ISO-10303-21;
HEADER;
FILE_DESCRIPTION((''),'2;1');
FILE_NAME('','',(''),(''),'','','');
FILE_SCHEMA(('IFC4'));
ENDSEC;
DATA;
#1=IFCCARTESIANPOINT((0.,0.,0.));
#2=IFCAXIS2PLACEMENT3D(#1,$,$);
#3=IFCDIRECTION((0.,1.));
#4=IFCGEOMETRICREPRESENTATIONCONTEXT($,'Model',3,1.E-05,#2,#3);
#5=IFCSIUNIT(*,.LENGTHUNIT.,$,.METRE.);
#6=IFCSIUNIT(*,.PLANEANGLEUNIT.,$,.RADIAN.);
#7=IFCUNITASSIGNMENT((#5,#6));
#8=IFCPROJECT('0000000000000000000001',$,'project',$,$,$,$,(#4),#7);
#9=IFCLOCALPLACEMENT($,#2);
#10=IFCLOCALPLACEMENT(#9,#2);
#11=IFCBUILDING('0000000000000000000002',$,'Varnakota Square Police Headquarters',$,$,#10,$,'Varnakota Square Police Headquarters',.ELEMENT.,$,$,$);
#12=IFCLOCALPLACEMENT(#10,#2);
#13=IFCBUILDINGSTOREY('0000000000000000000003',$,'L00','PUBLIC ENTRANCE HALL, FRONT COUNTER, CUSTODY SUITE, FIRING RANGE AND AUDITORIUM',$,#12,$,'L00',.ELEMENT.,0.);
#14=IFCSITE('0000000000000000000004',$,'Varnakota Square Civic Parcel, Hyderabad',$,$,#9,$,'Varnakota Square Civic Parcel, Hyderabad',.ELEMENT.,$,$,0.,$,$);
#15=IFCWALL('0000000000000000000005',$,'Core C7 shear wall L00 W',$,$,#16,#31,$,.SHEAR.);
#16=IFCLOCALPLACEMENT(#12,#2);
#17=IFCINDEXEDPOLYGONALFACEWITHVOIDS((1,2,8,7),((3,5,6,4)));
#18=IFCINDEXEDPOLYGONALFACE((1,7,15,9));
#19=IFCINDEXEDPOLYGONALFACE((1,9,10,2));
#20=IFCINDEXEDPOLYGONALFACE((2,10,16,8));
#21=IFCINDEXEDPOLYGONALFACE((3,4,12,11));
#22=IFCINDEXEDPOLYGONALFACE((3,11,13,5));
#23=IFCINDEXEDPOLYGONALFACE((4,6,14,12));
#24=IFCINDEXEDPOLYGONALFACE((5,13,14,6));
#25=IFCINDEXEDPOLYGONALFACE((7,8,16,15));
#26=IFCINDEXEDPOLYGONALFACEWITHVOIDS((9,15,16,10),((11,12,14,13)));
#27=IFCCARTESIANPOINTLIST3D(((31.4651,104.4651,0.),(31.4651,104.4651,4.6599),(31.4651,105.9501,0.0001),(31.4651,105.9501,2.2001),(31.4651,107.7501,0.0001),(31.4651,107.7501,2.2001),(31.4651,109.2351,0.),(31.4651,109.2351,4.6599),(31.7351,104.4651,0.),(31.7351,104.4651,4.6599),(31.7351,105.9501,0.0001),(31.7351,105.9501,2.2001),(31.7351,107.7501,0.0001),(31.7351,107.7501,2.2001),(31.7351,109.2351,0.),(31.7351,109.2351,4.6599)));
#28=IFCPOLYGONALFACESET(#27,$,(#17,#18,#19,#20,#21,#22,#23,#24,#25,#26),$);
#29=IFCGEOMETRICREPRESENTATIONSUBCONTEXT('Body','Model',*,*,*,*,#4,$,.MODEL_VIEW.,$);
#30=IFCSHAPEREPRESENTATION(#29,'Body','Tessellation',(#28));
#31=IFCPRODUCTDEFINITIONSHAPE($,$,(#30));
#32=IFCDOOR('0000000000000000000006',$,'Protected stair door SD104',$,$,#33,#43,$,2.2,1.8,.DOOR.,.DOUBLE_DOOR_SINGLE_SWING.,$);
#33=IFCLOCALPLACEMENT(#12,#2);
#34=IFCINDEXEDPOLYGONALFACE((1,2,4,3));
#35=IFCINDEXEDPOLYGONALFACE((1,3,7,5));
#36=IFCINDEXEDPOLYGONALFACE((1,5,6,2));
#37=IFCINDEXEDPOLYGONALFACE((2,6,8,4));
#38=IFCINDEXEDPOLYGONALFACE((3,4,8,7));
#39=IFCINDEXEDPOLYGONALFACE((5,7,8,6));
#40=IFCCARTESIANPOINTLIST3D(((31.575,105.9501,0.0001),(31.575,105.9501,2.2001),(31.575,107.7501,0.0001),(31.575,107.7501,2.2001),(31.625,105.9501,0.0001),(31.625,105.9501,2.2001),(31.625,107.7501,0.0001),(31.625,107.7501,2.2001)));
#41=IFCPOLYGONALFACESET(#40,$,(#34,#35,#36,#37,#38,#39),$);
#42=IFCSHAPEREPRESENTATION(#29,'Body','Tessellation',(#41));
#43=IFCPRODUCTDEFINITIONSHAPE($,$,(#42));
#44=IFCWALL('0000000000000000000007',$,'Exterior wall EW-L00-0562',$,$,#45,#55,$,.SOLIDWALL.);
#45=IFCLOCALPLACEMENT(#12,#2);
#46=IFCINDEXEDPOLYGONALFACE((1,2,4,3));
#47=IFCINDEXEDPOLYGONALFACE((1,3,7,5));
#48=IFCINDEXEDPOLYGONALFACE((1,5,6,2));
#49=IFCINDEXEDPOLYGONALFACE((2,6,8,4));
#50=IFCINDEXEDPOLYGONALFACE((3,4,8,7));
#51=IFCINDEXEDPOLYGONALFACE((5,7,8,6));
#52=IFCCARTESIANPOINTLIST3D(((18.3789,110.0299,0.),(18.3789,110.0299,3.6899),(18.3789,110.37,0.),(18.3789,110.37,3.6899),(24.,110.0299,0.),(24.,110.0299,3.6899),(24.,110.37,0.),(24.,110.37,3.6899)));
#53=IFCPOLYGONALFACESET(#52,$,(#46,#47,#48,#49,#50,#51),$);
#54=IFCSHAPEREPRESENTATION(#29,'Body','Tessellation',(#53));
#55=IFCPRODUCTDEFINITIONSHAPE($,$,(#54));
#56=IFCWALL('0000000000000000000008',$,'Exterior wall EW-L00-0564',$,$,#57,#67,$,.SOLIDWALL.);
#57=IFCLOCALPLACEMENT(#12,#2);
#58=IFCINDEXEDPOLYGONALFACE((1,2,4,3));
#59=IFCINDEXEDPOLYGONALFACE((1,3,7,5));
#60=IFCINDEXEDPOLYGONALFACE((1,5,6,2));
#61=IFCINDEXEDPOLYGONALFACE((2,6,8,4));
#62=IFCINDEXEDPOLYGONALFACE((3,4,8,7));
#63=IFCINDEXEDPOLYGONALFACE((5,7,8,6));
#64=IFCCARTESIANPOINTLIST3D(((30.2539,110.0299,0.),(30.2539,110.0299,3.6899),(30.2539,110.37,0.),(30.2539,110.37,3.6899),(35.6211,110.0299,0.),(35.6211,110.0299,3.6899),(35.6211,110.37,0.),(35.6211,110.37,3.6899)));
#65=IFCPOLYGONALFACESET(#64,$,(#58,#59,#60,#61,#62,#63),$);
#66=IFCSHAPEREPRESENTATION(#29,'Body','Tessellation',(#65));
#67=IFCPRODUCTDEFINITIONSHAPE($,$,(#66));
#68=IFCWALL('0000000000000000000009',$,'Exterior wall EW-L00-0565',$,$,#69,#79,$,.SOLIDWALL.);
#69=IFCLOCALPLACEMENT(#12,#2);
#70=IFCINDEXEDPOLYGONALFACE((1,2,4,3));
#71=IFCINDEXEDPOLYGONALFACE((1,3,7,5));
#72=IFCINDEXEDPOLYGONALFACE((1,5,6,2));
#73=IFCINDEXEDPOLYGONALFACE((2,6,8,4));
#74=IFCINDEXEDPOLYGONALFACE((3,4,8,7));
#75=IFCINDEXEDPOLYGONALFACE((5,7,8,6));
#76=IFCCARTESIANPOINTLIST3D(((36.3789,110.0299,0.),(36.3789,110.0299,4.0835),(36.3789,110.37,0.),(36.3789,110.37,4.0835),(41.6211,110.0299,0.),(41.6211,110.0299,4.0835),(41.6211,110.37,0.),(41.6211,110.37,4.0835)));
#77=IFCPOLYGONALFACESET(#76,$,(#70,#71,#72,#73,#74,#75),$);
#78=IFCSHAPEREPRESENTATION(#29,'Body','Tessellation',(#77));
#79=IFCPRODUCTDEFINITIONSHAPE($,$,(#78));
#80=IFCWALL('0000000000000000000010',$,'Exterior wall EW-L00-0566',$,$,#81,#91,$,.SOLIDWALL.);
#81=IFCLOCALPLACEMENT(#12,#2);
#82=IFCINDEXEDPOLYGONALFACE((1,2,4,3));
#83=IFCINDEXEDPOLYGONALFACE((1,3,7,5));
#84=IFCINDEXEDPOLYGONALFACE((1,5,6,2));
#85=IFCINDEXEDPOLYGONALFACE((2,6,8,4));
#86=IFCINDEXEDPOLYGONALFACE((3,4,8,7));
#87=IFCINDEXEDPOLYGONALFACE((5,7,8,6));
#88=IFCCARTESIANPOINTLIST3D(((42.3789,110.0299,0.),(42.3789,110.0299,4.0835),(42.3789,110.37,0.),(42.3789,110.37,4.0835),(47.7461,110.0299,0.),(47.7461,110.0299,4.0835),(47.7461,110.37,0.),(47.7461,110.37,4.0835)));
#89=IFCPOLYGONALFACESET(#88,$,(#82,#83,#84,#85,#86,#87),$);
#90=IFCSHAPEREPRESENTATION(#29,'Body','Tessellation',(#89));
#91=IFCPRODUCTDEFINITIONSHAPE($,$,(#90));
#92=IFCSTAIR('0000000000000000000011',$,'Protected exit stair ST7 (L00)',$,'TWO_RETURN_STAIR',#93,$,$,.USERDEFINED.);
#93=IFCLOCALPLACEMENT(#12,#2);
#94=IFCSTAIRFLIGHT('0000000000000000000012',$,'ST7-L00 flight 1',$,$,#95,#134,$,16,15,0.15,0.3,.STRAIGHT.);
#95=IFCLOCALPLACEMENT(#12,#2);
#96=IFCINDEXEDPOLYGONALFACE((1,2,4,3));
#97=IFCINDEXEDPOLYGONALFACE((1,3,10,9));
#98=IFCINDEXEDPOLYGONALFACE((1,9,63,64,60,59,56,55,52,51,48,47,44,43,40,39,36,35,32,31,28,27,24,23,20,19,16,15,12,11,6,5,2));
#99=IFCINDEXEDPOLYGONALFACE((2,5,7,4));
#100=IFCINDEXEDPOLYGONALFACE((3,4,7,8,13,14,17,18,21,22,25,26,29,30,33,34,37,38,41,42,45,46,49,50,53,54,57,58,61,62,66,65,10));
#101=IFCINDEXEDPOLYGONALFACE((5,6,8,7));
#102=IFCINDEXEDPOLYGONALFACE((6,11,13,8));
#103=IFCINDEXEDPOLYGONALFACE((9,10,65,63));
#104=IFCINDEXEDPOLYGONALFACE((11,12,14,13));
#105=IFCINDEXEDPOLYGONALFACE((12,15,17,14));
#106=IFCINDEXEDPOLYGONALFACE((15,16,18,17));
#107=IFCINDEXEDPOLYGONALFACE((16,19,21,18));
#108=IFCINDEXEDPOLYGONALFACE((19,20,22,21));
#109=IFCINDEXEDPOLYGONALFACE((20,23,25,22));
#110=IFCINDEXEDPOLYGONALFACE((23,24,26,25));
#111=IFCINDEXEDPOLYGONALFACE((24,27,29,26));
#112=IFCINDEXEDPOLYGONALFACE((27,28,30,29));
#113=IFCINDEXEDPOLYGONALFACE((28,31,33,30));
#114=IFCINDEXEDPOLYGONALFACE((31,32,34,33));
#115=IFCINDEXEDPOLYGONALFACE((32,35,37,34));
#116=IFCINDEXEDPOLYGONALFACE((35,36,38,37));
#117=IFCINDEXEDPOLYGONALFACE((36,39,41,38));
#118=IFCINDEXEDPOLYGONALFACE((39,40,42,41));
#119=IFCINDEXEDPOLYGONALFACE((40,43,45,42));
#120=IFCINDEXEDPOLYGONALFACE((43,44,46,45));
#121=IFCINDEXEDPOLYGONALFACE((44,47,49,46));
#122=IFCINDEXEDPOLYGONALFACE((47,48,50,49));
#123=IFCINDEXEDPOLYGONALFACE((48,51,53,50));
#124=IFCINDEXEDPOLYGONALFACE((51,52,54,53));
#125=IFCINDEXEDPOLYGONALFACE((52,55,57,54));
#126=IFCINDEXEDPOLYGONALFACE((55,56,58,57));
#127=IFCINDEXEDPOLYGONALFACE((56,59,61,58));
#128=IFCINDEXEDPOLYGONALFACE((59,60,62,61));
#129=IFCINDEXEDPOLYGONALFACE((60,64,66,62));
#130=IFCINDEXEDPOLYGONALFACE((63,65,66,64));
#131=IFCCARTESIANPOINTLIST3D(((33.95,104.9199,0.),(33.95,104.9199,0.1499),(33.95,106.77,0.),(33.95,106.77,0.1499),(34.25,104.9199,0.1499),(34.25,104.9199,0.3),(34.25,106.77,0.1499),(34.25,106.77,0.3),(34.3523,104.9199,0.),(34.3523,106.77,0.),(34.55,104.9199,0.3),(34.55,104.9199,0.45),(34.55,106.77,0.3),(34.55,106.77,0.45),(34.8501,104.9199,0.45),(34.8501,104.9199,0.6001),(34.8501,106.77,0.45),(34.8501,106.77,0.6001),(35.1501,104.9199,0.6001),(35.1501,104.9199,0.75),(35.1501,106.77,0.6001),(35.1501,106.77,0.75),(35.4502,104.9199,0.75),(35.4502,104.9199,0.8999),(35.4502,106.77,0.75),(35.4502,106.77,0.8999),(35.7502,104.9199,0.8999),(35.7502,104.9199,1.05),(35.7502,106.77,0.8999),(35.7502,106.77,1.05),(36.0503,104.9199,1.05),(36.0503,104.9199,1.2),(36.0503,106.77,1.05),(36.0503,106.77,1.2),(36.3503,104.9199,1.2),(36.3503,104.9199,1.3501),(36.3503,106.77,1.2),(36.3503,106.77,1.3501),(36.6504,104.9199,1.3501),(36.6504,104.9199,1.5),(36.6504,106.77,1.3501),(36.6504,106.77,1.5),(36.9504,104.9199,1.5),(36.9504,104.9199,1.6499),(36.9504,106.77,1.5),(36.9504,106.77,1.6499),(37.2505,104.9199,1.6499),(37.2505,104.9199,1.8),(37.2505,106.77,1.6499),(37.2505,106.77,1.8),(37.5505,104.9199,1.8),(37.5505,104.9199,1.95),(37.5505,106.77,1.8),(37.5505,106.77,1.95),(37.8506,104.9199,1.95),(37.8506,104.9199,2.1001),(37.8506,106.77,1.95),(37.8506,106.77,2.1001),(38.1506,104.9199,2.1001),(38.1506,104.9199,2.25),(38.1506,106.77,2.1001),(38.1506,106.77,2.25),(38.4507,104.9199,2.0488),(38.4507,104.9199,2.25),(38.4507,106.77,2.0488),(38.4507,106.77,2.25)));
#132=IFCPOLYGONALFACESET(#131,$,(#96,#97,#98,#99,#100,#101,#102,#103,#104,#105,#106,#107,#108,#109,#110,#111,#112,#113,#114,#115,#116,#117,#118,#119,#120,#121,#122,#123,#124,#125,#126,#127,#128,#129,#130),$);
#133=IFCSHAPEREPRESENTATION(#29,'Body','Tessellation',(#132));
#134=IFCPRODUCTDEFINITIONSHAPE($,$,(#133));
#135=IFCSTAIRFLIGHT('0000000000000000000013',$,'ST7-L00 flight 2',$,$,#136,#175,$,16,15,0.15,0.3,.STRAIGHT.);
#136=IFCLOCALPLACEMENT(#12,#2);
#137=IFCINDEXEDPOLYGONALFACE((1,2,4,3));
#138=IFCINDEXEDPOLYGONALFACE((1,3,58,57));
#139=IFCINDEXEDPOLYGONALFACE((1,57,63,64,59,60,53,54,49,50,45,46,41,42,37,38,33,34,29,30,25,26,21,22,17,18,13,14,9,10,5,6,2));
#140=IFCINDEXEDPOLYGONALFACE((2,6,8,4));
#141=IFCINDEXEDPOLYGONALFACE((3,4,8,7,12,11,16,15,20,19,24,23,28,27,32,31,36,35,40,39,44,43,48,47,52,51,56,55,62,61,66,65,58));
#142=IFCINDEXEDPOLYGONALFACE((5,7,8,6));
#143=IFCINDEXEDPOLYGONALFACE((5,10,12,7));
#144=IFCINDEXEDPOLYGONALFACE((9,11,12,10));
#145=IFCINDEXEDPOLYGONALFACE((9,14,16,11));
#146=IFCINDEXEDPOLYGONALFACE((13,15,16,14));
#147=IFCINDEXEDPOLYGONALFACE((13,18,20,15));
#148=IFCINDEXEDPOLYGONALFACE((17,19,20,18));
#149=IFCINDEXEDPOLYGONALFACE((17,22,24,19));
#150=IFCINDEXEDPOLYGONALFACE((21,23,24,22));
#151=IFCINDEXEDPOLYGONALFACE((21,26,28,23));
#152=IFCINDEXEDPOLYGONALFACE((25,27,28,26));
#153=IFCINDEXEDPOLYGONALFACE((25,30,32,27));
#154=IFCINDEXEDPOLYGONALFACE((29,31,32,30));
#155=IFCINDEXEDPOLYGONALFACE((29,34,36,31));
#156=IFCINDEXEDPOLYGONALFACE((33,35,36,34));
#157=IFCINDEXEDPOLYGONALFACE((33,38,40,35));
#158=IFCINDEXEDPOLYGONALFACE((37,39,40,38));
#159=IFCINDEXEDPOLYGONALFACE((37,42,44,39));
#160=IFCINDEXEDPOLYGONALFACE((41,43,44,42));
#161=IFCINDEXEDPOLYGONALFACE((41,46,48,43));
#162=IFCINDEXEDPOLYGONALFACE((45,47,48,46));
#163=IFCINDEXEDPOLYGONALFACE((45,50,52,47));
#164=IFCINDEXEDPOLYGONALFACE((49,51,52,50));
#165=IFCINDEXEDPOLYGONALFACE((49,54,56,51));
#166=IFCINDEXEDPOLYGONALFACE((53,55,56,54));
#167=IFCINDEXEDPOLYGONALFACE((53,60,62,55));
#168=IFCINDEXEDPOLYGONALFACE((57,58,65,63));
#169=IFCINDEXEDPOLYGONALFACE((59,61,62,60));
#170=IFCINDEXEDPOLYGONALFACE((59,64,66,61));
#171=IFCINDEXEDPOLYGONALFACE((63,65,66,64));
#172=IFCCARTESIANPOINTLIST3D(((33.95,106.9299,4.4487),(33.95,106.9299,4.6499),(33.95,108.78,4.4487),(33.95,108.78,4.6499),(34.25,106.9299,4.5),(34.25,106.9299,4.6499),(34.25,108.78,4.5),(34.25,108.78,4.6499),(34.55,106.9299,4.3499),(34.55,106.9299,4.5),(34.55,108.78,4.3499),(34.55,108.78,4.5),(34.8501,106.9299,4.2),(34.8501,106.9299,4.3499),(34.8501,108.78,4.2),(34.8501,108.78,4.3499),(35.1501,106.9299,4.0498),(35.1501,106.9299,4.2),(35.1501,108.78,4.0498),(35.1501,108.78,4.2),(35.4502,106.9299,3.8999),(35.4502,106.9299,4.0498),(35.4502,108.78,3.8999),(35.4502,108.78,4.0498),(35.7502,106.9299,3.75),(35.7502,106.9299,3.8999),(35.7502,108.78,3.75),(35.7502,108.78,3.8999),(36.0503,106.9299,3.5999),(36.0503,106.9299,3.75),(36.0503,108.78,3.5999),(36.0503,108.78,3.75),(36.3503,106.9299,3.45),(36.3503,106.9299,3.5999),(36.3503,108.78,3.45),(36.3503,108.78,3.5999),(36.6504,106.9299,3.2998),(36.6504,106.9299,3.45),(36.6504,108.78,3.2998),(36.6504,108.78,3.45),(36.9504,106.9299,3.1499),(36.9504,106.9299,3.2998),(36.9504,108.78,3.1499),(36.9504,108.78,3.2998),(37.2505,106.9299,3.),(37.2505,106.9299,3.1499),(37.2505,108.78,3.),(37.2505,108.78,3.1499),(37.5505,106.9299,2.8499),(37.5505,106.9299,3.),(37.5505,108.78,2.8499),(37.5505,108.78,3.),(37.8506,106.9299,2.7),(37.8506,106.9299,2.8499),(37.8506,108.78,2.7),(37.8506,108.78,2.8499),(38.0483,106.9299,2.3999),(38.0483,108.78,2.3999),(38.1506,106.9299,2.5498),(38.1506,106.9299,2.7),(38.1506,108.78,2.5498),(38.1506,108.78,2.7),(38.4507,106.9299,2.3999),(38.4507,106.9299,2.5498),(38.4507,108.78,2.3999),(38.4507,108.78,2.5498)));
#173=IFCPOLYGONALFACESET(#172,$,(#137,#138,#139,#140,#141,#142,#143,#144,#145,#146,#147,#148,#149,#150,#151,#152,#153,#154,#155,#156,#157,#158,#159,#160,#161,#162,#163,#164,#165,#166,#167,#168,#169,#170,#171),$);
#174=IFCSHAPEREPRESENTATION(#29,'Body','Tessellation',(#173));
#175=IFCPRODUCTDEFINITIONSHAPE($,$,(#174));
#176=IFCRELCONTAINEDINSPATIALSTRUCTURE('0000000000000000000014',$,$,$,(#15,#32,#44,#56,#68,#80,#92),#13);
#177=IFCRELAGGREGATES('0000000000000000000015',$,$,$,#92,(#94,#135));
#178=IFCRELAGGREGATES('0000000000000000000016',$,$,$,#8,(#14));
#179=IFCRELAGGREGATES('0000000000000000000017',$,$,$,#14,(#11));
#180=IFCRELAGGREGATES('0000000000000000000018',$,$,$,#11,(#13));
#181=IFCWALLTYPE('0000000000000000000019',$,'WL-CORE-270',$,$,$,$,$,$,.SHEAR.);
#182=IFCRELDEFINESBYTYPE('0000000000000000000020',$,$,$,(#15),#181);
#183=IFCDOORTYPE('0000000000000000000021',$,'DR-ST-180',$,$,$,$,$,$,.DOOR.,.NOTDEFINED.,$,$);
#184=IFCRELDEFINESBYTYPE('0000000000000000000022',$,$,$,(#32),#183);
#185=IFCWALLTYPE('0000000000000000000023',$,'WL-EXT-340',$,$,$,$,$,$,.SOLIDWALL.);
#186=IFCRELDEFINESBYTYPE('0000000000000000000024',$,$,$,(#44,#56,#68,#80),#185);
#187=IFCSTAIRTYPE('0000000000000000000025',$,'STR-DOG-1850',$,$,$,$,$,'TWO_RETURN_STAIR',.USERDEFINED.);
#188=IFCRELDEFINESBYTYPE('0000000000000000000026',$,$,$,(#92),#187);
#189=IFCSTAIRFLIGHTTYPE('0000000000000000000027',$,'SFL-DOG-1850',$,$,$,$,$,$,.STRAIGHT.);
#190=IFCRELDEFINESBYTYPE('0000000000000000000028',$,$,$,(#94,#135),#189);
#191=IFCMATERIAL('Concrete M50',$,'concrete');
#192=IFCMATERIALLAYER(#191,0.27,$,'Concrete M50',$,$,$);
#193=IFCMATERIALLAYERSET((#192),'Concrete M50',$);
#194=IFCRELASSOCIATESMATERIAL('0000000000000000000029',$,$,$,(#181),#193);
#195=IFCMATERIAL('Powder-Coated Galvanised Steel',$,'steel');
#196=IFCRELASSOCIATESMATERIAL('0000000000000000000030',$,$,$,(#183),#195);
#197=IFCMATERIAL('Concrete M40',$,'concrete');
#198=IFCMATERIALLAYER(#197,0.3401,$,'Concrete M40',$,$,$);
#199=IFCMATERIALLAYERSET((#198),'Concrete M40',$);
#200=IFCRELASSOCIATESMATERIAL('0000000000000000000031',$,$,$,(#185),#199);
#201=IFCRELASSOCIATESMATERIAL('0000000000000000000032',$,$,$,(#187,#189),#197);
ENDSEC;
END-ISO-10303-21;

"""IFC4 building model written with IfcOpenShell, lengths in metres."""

from ifc_helpers import new_model, si_unit, direction, frame, frame_2d, origin, place, context, subcontext, project, spatial, polyline, rectangle, outline, extrude, material, layer, layer_set, type_object, element, fill, aggregate, save


model = new_model("IFC4")

# Units and contexts
model_context = context("Model", 3, precision=1e-05, world=origin(), true_north=direction((0.0, 1.0)))
body_context = subcontext(model_context, "Body", "Model", "MODEL_VIEW")
ifc_project = project(units=[si_unit("LENGTHUNIT", "METRE"), si_unit("PLANEANGLEUNIT", "RADIAN")], contexts=[model_context])

# Site, building, storey
site_placement = place(None, origin())
site = spatial("IfcSite", under=ifc_project, at=site_placement, Name="Varnakota Square Civic Parcel, Hyderabad", LongName="Varnakota Square Civic Parcel, Hyderabad", CompositionType="ELEMENT", RefElevation=0.0)
building_placement = place(site_placement, origin())
building = spatial("IfcBuilding", under=site, at=building_placement, Name="Varnakota Square Police Headquarters", LongName="Varnakota Square Police Headquarters", CompositionType="ELEMENT")
storey_placement = place(building_placement, origin())
storey = spatial("IfcBuildingStorey", under=building, at=storey_placement, Name="L00", Description="PUBLIC ENTRANCE HALL, FRONT COUNTER, CUSTODY SUITE, FIRING RANGE AND AUDITORIUM", LongName="L00", CompositionType="ELEMENT", Elevation=0.0)

# Shared definitions
ifc_material_1 = material(Name="Concrete M50", Category="concrete")

# Shared definitions
ifc_layer_1 = layer(ifc_material_1, 0.27, Name="Concrete M50")
ifc_layer_set_1 = layer_set([ifc_layer_1], Name="Concrete M50")
wall_type_1 = type_object("IfcWallType", Name="WL-CORE-270", PredefinedType="SHEAR", material=ifc_layer_set_1)

# Wall, opening, door
wall_1_placement = place(storey_placement, frame((31.6001, 109.2351, 0.0), z_axis=(0.0, 0.0, 1.0), x_axis=(0.0, -1.0, 0.0)))
wall_1 = element("IfcWall", 1, at=wall_1_placement, inside=storey, type_object=wall_type_1, Name="Core C7 shear wall L00 W", PredefinedType="SHEAR", context=body_context, shape_type="SweptSolid", body=[
    extrude(rectangle(XDim=4.77, YDim=0.27, at=frame_2d((2.385, 0.0))), origin(), (0.0, 0.0, 1.0), 4.6599),
])
opening_1_placement = place(wall_1_placement, frame((1.4851, 0.0, 0.0)))
opening_1 = element("IfcOpeningElement", 2, at=opening_1_placement, cuts=wall_1, PredefinedType="OPENING", context=body_context, shape_type="SweptSolid", body=[
    extrude(rectangle(XDim=1.8, YDim=2.2, at=frame_2d((0.8999, 1.1001))), frame((0.0, 0.145, 0.0), z_axis=(0.0, -1.0, 0.0), x_axis=(1.0, 0.0, 0.0)), (0.0, 0.0, 1.0), 0.29),
])
ifc_material_2 = material(Name="Powder-Coated Galvanised Steel", Category="steel")
door_type_1 = type_object("IfcDoorType", Name="DR-ST-180", OperationType="NOTDEFINED", PredefinedType="DOOR", material=ifc_material_2)
door_1_placement = place(opening_1_placement, origin())
door_1 = element("IfcDoor", 3, at=door_1_placement, inside=storey, type_object=door_type_1, Name="Protected stair door SD104", OperationType="DOUBLE_DOOR_SINGLE_SWING", OverallHeight=2.2, OverallWidth=1.8, PredefinedType="DOOR", context=body_context, shape_type="SweptSolid", body=[
    extrude(rectangle(XDim=1.8, YDim=2.2, at=frame_2d((0.8999, 1.1001))), frame((0.0, 0.0249, 0.0), z_axis=(0.0, -1.0, 0.0), x_axis=(1.0, 0.0, 0.0)), (0.0, 0.0, 1.0), 0.05),
])
fill(opening_1, door_1)

# Wall
ifc_material_3 = material(Name="Concrete M40", Category="concrete")
ifc_layer_2 = layer(ifc_material_3, 0.3401, Name="Concrete M40")
ifc_layer_set_2 = layer_set([ifc_layer_2], Name="Concrete M40")
wall_type_2 = type_object("IfcWallType", Name="WL-EXT-340", PredefinedType="SOLIDWALL", material=ifc_layer_set_2)
wall_2_placement = place(storey_placement, frame((18.3789, 110.2, 0.0), z_axis=(0.0, 0.0, 1.0), x_axis=(1.0, 0.0, 0.0)))
element("IfcWall", 4, at=wall_2_placement, inside=storey, type_object=wall_type_2, Name="Exterior wall EW-L00-0562", PredefinedType="SOLIDWALL", context=body_context, shape_type="SweptSolid", body=[
    extrude(rectangle(XDim=5.6211, YDim=0.3401, at=frame_2d((2.8105, 0.0))), origin(), (0.0, 0.0, 1.0), 3.6899),
])

# Walls
wall_3_placement = place(storey_placement, frame((30.2539, 110.2, 0.0), z_axis=(0.0, 0.0, 1.0), x_axis=(1.0, 0.0, 0.0)))
element("IfcWall", 5, at=wall_3_placement, inside=storey, type_object=wall_type_2, Name="Exterior wall EW-L00-0564", PredefinedType="SOLIDWALL", context=body_context, shape_type="SweptSolid", body=[
    extrude(rectangle(XDim=5.3672, YDim=0.3401, at=frame_2d((2.6836, 0.0))), origin(), (0.0, 0.0, 1.0), 3.6899),
])
wall_4_placement = place(storey_placement, frame((36.3789, 110.2, 0.0), z_axis=(0.0, 0.0, 1.0), x_axis=(1.0, 0.0, 0.0)))
element("IfcWall", 6, at=wall_4_placement, inside=storey, type_object=wall_type_2, Name="Exterior wall EW-L00-0565", PredefinedType="SOLIDWALL", context=body_context, shape_type="SweptSolid", body=[
    extrude(rectangle(XDim=5.2422, YDim=0.3401, at=frame_2d((2.6211, 0.0))), origin(), (0.0, 0.0, 1.0), 4.0835),
])
wall_5_placement = place(storey_placement, frame((42.3789, 110.2, 0.0), z_axis=(0.0, 0.0, 1.0), x_axis=(1.0, 0.0, 0.0)))
element("IfcWall", 7, at=wall_5_placement, inside=storey, type_object=wall_type_2, Name="Exterior wall EW-L00-0566", PredefinedType="SOLIDWALL", context=body_context, shape_type="SweptSolid", body=[
    extrude(rectangle(XDim=5.3672, YDim=0.3401, at=frame_2d((2.6836, 0.0))), origin(), (0.0, 0.0, 1.0), 4.0835),
])

# Stair, stair flights
stair_type = type_object("IfcStairType", Name="STR-DOG-1850", ElementType="TWO_RETURN_STAIR", PredefinedType="USERDEFINED", material=ifc_material_3)
stair_placement = place(storey_placement, origin())
stair = element("IfcStair", 8, at=stair_placement, inside=storey, type_object=stair_type, Name="Protected exit stair ST7 (L00)", ObjectType="TWO_RETURN_STAIR", PredefinedType="USERDEFINED")
stair_flight_type = type_object("IfcStairFlightType", Name="SFL-DOG-1850", PredefinedType="STRAIGHT", material=ifc_material_3)
stair_flight_1_placement = place(storey_placement, frame((33.95, 105.845, 0.0), z_axis=(0.0, 0.0, 1.0), x_axis=(1.0, 0.0, 0.0)))
stair_flight_1 = element("IfcStairFlight", 9, at=stair_flight_1_placement, type_object=stair_flight_type, Name="ST7-L00 flight 1", NumberOfRisers=16, NumberOfTreads=15, PredefinedType="STRAIGHT", RiserHeight=0.15, TreadLength=0.3, context=body_context, shape_type="SweptSolid", body=[
    extrude(outline(polyline([(0.0, 0.0), (0.0, 0.1499), (0.3, 0.1499), (0.3, 0.3), (0.6001, 0.3), (0.6001, 0.45), (0.9001, 0.45), (0.9001, 0.6001), (1.2002, 0.6001), (1.2002, 0.75), (1.5002, 0.75), (1.5002, 0.8999), (1.8003, 0.8999), (1.8003, 1.05), (2.1003, 1.05), (2.1003, 1.2), (2.4004, 1.2), (2.4004, 1.3501), (2.7004, 1.3501), (2.7004, 1.5), (3.0005, 1.5), (3.0005, 1.6499), (3.3005, 1.6499), (3.3005, 1.8), (3.6006, 1.8), (3.6006, 1.95), (3.9006, 1.95), (3.9006, 2.1001), (4.2007, 2.1001), (4.2007, 2.25), (4.5007, 2.25), (4.5007, 2.3999), (4.5007, 2.0488), (0.4023, 0.0), (0.0, 0.0)])), frame((0.0, 0.925, 0.0), z_axis=(0.0, -1.0, 0.0), x_axis=(1.0, 0.0, 0.0)), (0.0, 0.0, 1.0), 1.8501),
])
stair_flight_2_placement = place(storey_placement, frame((38.4507, 107.855, 2.3999), z_axis=(0.0, 0.0, 1.0), x_axis=(-1.0, 0.0, 0.0)))
stair_flight_2 = element("IfcStairFlight", 10, at=stair_flight_2_placement, type_object=stair_flight_type, Name="ST7-L00 flight 2", NumberOfRisers=16, NumberOfTreads=15, PredefinedType="STRAIGHT", RiserHeight=0.15, TreadLength=0.3, context=body_context, shape_type="SweptSolid", body=[
    extrude(outline(polyline([(0.0, 0.0), (0.0, 0.1499), (0.3, 0.1499), (0.3, 0.3), (0.6001, 0.3), (0.6001, 0.45), (0.9001, 0.45), (0.9001, 0.6001), (1.2002, 0.6001), (1.2002, 0.75), (1.5002, 0.75), (1.5002, 0.8999), (1.8003, 0.8999), (1.8003, 1.05), (2.1003, 1.05), (2.1003, 1.2), (2.4004, 1.2), (2.4004, 1.3501), (2.7004, 1.3501), (2.7004, 1.5), (3.0005, 1.5), (3.0005, 1.6499), (3.3005, 1.6499), (3.3005, 1.8), (3.6006, 1.8), (3.6006, 1.95), (3.9006, 1.95), (3.9006, 2.1001), (4.2007, 2.1001), (4.2007, 2.25), (4.5007, 2.25), (4.5007, 2.3999), (4.5007, 2.0488), (0.4023, 0.0), (0.0, 0.0)])), frame((0.0, 0.925, 0.0), z_axis=(0.0, -1.0, 0.0), x_axis=(1.0, 0.0, 0.0)), (0.0, 0.0, 1.0), 1.8501),
])
aggregate(stair, [stair_flight_1, stair_flight_2])

save(model, "model.ifc")
